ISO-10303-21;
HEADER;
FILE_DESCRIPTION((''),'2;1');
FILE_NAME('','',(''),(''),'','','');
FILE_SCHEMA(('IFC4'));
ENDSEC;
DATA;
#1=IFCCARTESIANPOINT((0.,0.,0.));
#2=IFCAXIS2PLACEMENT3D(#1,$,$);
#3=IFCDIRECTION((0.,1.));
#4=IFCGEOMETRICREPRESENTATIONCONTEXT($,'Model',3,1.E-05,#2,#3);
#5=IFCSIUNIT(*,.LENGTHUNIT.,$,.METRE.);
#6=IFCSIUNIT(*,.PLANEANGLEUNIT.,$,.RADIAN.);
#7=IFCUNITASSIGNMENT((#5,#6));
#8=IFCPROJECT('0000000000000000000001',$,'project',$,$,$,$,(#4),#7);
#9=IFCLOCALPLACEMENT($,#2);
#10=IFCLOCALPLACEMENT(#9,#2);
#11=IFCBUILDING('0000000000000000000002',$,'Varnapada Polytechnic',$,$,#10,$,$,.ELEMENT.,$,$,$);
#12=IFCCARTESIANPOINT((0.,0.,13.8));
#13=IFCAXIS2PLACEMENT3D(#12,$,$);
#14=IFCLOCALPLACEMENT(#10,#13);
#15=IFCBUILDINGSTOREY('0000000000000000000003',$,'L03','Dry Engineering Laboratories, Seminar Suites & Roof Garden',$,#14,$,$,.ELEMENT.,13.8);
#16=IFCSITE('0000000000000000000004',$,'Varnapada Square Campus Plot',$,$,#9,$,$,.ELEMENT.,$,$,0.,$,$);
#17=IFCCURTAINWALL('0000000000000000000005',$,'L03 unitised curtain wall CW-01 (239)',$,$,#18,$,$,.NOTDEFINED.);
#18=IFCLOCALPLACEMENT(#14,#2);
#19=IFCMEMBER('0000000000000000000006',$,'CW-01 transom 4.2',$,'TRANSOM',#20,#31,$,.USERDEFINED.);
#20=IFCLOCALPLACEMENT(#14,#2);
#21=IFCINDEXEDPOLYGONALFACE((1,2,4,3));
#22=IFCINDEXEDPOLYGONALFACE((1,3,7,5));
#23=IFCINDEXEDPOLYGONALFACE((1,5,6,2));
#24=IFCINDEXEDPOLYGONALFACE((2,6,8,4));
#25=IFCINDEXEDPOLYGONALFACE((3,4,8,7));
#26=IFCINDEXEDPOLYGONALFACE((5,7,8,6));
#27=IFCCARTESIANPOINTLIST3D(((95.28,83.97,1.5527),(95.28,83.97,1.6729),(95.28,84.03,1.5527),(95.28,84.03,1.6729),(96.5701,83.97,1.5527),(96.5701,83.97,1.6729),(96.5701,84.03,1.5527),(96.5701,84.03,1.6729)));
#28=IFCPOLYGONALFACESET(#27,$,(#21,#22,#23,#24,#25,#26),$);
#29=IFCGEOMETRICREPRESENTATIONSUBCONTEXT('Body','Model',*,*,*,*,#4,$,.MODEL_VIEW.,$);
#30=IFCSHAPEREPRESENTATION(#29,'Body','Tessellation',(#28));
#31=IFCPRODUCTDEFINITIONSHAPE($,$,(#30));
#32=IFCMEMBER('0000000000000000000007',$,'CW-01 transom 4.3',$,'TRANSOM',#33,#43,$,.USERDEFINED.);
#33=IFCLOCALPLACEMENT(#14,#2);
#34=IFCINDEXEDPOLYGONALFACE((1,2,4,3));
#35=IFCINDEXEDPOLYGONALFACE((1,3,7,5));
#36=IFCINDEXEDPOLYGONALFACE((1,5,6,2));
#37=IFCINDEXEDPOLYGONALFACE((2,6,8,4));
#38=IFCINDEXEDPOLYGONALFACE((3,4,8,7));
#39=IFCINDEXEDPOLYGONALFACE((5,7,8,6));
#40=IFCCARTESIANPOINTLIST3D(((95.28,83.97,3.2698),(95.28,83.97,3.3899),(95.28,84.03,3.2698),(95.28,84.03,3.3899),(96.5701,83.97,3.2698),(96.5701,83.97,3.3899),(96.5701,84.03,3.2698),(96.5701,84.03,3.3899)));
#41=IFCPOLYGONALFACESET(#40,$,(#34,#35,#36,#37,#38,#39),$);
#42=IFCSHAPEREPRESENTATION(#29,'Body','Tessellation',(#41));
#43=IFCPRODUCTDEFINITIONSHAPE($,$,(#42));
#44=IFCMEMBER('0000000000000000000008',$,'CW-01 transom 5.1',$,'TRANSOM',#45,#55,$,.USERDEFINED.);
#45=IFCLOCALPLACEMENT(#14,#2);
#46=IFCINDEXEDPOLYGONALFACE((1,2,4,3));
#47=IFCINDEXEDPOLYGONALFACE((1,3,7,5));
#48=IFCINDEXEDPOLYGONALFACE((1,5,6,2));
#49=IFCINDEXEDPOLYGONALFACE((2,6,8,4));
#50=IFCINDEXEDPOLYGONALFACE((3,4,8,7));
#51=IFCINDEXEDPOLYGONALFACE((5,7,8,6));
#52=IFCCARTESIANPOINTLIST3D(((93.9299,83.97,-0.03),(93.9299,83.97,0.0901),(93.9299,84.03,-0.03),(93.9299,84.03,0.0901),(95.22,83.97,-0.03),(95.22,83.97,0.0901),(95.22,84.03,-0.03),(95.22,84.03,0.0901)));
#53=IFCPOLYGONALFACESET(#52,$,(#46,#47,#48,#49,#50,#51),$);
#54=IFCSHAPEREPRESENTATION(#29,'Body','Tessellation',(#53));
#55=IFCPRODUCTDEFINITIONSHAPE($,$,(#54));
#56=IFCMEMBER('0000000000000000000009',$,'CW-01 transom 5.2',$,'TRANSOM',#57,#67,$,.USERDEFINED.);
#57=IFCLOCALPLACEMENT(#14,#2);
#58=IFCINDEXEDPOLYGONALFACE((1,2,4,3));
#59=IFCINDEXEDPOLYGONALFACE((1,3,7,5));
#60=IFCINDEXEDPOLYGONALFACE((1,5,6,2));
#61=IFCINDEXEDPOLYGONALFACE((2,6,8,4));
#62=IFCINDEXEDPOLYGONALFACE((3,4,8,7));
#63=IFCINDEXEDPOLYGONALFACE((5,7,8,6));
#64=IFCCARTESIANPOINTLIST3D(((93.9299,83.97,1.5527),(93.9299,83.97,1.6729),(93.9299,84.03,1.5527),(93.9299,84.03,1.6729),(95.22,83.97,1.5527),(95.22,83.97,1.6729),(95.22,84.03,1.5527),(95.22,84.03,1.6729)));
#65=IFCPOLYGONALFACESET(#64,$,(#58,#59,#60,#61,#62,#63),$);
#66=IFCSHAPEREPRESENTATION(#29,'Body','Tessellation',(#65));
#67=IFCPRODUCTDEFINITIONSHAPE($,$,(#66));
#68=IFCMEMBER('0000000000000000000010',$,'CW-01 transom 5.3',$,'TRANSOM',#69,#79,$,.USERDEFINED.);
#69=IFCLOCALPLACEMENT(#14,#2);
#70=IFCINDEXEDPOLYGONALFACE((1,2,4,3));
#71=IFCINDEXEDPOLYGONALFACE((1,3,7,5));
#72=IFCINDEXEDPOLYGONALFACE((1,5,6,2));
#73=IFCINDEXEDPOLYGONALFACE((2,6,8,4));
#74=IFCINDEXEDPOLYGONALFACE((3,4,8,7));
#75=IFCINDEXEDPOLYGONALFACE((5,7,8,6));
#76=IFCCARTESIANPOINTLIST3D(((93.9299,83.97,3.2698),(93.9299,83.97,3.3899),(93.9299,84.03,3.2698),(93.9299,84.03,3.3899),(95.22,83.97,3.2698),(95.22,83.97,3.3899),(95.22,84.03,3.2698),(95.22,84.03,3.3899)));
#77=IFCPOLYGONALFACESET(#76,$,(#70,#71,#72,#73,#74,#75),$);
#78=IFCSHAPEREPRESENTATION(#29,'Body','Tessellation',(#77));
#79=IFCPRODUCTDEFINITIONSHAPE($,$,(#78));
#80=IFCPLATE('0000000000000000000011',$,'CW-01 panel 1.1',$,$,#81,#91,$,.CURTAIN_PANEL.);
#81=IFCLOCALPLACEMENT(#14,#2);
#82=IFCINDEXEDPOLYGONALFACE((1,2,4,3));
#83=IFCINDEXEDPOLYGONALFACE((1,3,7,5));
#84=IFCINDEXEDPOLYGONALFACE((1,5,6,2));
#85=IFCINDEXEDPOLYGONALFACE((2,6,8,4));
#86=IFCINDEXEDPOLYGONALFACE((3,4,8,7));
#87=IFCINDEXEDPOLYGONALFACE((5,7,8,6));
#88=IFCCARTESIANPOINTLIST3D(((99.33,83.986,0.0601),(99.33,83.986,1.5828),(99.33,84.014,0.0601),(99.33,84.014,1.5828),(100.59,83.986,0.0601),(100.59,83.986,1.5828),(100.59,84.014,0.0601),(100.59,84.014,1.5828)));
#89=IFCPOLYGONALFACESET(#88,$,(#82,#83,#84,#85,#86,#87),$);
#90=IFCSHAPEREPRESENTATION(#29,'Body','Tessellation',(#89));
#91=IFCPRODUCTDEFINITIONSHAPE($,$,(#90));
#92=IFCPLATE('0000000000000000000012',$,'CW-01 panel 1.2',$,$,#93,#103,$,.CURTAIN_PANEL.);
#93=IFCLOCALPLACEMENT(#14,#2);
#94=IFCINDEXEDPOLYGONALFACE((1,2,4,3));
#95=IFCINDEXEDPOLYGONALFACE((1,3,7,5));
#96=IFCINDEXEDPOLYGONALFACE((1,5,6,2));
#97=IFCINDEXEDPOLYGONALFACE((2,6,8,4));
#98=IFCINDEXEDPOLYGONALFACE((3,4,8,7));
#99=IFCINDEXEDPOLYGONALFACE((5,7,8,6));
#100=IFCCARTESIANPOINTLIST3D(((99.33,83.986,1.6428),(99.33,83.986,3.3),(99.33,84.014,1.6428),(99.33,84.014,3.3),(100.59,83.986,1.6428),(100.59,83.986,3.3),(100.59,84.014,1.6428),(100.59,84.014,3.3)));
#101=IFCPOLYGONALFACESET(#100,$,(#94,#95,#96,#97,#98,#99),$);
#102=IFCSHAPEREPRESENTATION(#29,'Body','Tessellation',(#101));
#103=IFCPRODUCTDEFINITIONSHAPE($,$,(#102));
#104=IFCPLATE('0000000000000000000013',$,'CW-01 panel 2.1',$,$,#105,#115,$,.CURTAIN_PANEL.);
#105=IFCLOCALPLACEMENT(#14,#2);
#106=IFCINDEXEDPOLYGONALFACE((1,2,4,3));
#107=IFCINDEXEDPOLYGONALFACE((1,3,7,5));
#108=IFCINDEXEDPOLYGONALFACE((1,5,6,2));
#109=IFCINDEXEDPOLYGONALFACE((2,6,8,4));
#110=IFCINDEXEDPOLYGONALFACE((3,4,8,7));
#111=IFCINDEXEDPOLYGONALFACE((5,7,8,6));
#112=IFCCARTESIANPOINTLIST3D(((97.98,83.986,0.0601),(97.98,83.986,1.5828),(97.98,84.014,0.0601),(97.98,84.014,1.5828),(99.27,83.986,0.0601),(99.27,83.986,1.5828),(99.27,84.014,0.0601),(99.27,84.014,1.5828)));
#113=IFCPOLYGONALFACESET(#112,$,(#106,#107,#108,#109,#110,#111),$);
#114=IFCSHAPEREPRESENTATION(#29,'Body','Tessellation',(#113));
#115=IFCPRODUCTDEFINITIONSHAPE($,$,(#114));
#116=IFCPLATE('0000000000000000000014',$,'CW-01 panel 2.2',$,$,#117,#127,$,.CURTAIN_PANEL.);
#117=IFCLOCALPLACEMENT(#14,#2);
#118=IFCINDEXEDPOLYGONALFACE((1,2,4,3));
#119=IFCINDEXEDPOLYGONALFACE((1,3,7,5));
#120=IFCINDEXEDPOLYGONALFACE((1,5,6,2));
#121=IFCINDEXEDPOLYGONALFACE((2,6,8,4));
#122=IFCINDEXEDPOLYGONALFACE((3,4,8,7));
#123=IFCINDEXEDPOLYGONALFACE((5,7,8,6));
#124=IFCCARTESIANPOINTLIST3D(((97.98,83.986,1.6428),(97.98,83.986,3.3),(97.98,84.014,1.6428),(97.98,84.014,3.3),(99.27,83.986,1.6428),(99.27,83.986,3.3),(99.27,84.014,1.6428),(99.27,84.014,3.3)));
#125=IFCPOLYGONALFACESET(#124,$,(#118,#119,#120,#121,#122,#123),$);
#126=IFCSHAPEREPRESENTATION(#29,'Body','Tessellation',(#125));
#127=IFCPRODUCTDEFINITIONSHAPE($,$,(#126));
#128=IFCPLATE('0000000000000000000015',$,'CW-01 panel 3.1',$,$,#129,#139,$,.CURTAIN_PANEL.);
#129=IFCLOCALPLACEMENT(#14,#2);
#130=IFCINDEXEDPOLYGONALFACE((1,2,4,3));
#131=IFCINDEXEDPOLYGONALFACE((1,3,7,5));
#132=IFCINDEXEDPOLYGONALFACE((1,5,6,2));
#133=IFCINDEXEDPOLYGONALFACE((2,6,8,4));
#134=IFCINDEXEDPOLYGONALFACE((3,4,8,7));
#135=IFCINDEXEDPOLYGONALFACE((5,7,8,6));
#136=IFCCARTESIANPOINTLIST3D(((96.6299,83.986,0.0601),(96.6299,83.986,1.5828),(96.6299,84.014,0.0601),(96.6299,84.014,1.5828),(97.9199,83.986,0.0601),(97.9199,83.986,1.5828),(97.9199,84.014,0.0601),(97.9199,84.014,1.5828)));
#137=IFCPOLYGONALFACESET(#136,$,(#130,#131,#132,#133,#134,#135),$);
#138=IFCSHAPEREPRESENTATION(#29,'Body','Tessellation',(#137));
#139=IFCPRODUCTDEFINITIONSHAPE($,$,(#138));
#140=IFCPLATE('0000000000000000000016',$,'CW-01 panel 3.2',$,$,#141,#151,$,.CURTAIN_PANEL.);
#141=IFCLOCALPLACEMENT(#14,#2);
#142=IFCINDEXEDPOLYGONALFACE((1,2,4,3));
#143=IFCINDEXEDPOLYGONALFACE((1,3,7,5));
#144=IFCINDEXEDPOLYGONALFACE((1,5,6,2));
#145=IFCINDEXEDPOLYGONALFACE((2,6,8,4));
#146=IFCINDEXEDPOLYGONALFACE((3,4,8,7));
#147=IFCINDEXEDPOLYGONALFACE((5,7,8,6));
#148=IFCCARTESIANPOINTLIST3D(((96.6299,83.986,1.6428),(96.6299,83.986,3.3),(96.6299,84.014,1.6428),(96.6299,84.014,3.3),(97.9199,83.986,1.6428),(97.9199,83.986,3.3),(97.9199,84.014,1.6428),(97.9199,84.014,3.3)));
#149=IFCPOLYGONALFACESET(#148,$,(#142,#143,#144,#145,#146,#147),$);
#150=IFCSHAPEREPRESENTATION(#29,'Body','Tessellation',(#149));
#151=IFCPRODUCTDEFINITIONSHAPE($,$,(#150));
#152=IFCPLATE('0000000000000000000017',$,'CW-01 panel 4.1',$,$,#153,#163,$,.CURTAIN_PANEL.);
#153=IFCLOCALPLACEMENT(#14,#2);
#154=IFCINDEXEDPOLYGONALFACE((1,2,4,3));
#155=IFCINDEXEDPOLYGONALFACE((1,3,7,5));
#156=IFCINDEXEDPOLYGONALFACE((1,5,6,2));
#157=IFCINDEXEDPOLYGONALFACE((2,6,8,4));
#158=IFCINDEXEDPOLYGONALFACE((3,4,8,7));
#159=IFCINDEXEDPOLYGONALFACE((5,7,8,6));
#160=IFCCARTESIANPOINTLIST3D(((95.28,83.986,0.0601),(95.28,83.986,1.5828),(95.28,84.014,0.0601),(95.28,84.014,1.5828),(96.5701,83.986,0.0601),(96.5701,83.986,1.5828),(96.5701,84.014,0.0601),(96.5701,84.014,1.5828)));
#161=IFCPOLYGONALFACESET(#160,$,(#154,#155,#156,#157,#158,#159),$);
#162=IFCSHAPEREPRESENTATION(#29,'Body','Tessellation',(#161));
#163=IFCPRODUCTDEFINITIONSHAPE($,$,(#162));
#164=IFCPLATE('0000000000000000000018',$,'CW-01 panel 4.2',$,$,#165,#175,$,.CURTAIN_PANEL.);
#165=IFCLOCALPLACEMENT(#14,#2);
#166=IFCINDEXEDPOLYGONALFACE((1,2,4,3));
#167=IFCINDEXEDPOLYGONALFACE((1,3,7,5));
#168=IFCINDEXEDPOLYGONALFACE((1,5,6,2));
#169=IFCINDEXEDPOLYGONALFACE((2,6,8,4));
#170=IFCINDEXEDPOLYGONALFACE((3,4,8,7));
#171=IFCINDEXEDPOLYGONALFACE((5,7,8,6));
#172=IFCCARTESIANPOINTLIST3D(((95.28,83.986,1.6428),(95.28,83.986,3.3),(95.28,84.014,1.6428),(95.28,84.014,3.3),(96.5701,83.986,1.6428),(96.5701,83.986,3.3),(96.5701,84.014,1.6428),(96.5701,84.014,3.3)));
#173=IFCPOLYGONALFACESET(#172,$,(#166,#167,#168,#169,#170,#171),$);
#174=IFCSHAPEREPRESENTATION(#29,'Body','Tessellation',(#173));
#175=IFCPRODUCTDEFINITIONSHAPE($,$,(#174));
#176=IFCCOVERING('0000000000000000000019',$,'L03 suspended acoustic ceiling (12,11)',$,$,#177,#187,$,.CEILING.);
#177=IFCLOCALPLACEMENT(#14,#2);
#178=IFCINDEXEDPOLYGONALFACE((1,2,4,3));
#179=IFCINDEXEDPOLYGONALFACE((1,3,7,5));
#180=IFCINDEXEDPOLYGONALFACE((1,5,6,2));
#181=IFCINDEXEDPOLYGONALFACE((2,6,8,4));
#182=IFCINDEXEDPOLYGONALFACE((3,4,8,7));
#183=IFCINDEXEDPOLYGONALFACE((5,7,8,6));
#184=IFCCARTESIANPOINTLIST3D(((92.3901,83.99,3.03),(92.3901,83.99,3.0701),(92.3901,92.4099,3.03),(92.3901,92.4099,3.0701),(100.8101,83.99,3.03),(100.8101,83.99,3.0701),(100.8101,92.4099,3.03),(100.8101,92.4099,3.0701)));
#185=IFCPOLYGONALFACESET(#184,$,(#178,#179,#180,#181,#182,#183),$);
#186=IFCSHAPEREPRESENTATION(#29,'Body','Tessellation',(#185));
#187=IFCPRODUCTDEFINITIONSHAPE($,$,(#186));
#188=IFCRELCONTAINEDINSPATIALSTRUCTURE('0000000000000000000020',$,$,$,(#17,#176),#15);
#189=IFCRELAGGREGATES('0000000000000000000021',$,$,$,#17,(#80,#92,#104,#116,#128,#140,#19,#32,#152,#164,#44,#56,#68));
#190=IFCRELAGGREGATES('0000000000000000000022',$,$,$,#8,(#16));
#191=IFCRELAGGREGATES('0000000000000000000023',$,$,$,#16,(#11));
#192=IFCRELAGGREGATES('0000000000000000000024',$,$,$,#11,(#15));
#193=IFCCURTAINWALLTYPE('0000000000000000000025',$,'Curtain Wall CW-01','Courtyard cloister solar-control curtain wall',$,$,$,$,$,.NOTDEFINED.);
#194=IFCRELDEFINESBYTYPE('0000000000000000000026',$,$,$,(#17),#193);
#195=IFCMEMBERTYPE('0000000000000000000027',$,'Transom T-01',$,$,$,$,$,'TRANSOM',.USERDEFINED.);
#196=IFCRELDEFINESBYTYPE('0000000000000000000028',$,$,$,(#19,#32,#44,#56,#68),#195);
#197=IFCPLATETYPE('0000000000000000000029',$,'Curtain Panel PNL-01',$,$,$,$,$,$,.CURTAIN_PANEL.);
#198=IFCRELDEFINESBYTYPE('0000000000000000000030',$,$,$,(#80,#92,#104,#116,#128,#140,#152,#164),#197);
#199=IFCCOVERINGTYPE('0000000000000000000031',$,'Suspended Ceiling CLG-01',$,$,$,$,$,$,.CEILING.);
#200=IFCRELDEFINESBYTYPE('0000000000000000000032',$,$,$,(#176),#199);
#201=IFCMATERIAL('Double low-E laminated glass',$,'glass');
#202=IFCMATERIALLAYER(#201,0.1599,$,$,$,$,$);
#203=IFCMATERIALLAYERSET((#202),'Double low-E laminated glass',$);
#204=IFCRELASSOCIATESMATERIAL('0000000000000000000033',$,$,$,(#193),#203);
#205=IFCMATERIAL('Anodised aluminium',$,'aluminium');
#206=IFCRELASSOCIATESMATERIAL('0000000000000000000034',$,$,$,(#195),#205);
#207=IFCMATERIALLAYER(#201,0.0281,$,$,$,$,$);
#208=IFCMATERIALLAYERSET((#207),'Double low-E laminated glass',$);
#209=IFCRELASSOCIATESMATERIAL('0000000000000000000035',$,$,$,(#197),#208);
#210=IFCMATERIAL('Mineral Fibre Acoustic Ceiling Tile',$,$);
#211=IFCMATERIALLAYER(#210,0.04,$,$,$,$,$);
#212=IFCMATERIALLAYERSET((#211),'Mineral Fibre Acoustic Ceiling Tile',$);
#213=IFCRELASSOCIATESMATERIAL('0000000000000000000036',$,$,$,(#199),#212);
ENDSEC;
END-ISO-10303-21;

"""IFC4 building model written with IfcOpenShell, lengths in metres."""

from ifc_helpers import new_model, si_unit, direction, frame, origin, origin_2d, place, context, subcontext, project, spatial, rectangle, extrude, material, layer, layer_set, material_profile, profile_set, type_object, element, aggregate, save


model = new_model("IFC4")

# Units and contexts
model_context = context("Model", 3, precision=1e-05, world=origin(), true_north=direction((0.0, 1.0)))
body_context = subcontext(model_context, "Body", "Model", "MODEL_VIEW")
ifc_project = project(units=[si_unit("LENGTHUNIT", "METRE"), si_unit("PLANEANGLEUNIT", "RADIAN")], contexts=[model_context])

# Site, building, storey
site_placement = place(None, origin())
site = spatial("IfcSite", under=ifc_project, at=site_placement, Name="Varnapada Square Campus Plot", CompositionType="ELEMENT", RefElevation=0.0)
building_placement = place(site_placement, origin())
building = spatial("IfcBuilding", under=site, at=building_placement, Name="Varnapada Polytechnic", CompositionType="ELEMENT")
storey_placement = place(building_placement, frame((0.0, 0.0, 13.8)))
storey = spatial("IfcBuildingStorey", under=building, at=storey_placement, Name="L03", Description="Dry Engineering Laboratories, Seminar Suites & Roof Garden", CompositionType="ELEMENT", Elevation=13.8)

# Curtain wall, members, plates
ifc_material_1 = material(Name="Double low-E laminated glass", Category="glass")
ifc_layer_1 = layer(ifc_material_1, 0.1599)
ifc_layer_set_1 = layer_set([ifc_layer_1], Name="Double low-E laminated glass")
curtain_wall_type = type_object("IfcCurtainWallType", Name="Curtain Wall CW-01", Description="Courtyard cloister solar-control curtain wall", PredefinedType="NOTDEFINED", material=ifc_layer_set_1)
curtain_wall_placement = place(storey_placement, origin())
curtain_wall = element("IfcCurtainWall", 1, at=curtain_wall_placement, inside=storey, type_object=curtain_wall_type, Name="L03 unitised curtain wall CW-01 (239)", PredefinedType="NOTDEFINED")
ifc_material_2 = material(Name="Anodised aluminium", Category="aluminium")
ifc_material_profile_1 = material_profile(ifc_material_2, rectangle(XDim=0.0601, YDim=0.1201, at=origin_2d()), Name="ALU T60x120")
ifc_profile_set_1 = profile_set([ifc_material_profile_1], Name="Anodised aluminium")
member_type_1 = type_object("IfcMemberType", Name="Transom T-01", ElementType="TRANSOM", PredefinedType="USERDEFINED", material=ifc_profile_set_1)
member_1_placement = place(storey_placement, frame((96.5701, 84.0, 1.6128), z_axis=(-1.0, 0.0, 0.0), x_axis=(0.0, -1.0, 0.0)))
member_1 = element("IfcMember", 2, at=member_1_placement, type_object=member_type_1, Name="CW-01 transom 4.2", ObjectType="TRANSOM", PredefinedType="USERDEFINED", context=body_context, shape_type="SweptSolid", body=[
    extrude(rectangle(XDim=0.0601, YDim=0.1201, at=origin_2d()), origin(), (0.0, 0.0, 1.0), 1.29),
])
member_2_placement = place(storey_placement, frame((96.5701, 84.0, 3.3298), z_axis=(-1.0, 0.0, 0.0), x_axis=(0.0, -1.0, 0.0)))
member_2 = element("IfcMember", 3, at=member_2_placement, type_object=member_type_1, Name="CW-01 transom 4.3", ObjectType="TRANSOM", PredefinedType="USERDEFINED", context=body_context, shape_type="SweptSolid", body=[
    extrude(rectangle(XDim=0.0601, YDim=0.1201, at=origin_2d()), origin(), (0.0, 0.0, 1.0), 1.29),
])
member_3_placement = place(storey_placement, frame((95.22, 84.0, 0.03), z_axis=(-1.0, 0.0, 0.0), x_axis=(0.0, -1.0, 0.0)))
member_3 = element("IfcMember", 4, at=member_3_placement, type_object=member_type_1, Name="CW-01 transom 5.1", ObjectType="TRANSOM", PredefinedType="USERDEFINED", context=body_context, shape_type="SweptSolid", body=[
    extrude(rectangle(XDim=0.0601, YDim=0.1201, at=origin_2d()), origin(), (0.0, 0.0, 1.0), 1.29),
])
member_4_placement = place(storey_placement, frame((95.22, 84.0, 1.6128), z_axis=(-1.0, 0.0, 0.0), x_axis=(0.0, -1.0, 0.0)))
member_4 = element("IfcMember", 5, at=member_4_placement, type_object=member_type_1, Name="CW-01 transom 5.2", ObjectType="TRANSOM", PredefinedType="USERDEFINED", context=body_context, shape_type="SweptSolid", body=[
    extrude(rectangle(XDim=0.0601, YDim=0.1201, at=origin_2d()), origin(), (0.0, 0.0, 1.0), 1.29),
])
member_5_placement = place(storey_placement, frame((95.22, 84.0, 3.3298), z_axis=(-1.0, 0.0, 0.0), x_axis=(0.0, -1.0, 0.0)))
member_5 = element("IfcMember", 6, at=member_5_placement, type_object=member_type_1, Name="CW-01 transom 5.3", ObjectType="TRANSOM", PredefinedType="USERDEFINED", context=body_context, shape_type="SweptSolid", body=[
    extrude(rectangle(XDim=0.0601, YDim=0.1201, at=origin_2d()), origin(), (0.0, 0.0, 1.0), 1.29),
])
ifc_layer_2 = layer(ifc_material_1, 0.0281)
ifc_layer_set_2 = layer_set([ifc_layer_2], Name="Double low-E laminated glass")
plate_type = type_object("IfcPlateType", Name="Curtain Panel PNL-01", PredefinedType="CURTAIN_PANEL", material=ifc_layer_set_2)
plate_1_placement = place(storey_placement, frame((99.96, 84.0, 0.0601), z_axis=(0.0, 0.0, 1.0), x_axis=(-1.0, 0.0, 0.0)))
plate_1 = element("IfcPlate", 7, at=plate_1_placement, type_object=plate_type, Name="CW-01 panel 1.1", PredefinedType="CURTAIN_PANEL", context=body_context, shape_type="SweptSolid", body=[
    extrude(rectangle(XDim=1.26, YDim=0.0281, at=origin_2d()), origin(), (0.0, 0.0, 1.0), 1.5227),
])
plate_2_placement = place(storey_placement, frame((99.96, 84.0, 1.6428), z_axis=(0.0, 0.0, 1.0), x_axis=(-1.0, 0.0, 0.0)))
plate_2 = element("IfcPlate", 8, at=plate_2_placement, type_object=plate_type, Name="CW-01 panel 1.2", PredefinedType="CURTAIN_PANEL", context=body_context, shape_type="SweptSolid", body=[
    extrude(rectangle(XDim=1.26, YDim=0.0281, at=origin_2d()), origin(), (0.0, 0.0, 1.0), 1.6572),
])
plate_3_placement = place(storey_placement, frame((98.625, 84.0, 0.0601), z_axis=(0.0, 0.0, 1.0), x_axis=(-1.0, 0.0, 0.0)))
plate_3 = element("IfcPlate", 9, at=plate_3_placement, type_object=plate_type, Name="CW-01 panel 2.1", PredefinedType="CURTAIN_PANEL", context=body_context, shape_type="SweptSolid", body=[
    extrude(rectangle(XDim=1.29, YDim=0.0281, at=origin_2d()), origin(), (0.0, 0.0, 1.0), 1.5227),
])
plate_4_placement = place(storey_placement, frame((98.625, 84.0, 1.6428), z_axis=(0.0, 0.0, 1.0), x_axis=(-1.0, 0.0, 0.0)))
plate_4 = element("IfcPlate", 10, at=plate_4_placement, type_object=plate_type, Name="CW-01 panel 2.2", PredefinedType="CURTAIN_PANEL", context=body_context, shape_type="SweptSolid", body=[
    extrude(rectangle(XDim=1.29, YDim=0.0281, at=origin_2d()), origin(), (0.0, 0.0, 1.0), 1.6572),
])
plate_5_placement = place(storey_placement, frame((97.2749, 84.0, 0.0601), z_axis=(0.0, 0.0, 1.0), x_axis=(-1.0, 0.0, 0.0)))
plate_5 = element("IfcPlate", 11, at=plate_5_placement, type_object=plate_type, Name="CW-01 panel 3.1", PredefinedType="CURTAIN_PANEL", context=body_context, shape_type="SweptSolid", body=[
    extrude(rectangle(XDim=1.29, YDim=0.0281, at=origin_2d()), origin(), (0.0, 0.0, 1.0), 1.5227),
])
plate_6_placement = place(storey_placement, frame((97.2749, 84.0, 1.6428), z_axis=(0.0, 0.0, 1.0), x_axis=(-1.0, 0.0, 0.0)))
plate_6 = element("IfcPlate", 12, at=plate_6_placement, type_object=plate_type, Name="CW-01 panel 3.2", PredefinedType="CURTAIN_PANEL", context=body_context, shape_type="SweptSolid", body=[
    extrude(rectangle(XDim=1.29, YDim=0.0281, at=origin_2d()), origin(), (0.0, 0.0, 1.0), 1.6572),
])
plate_7_placement = place(storey_placement, frame((95.925, 84.0, 0.0601), z_axis=(0.0, 0.0, 1.0), x_axis=(-1.0, 0.0, 0.0)))
plate_7 = element("IfcPlate", 13, at=plate_7_placement, type_object=plate_type, Name="CW-01 panel 4.1", PredefinedType="CURTAIN_PANEL", context=body_context, shape_type="SweptSolid", body=[
    extrude(rectangle(XDim=1.29, YDim=0.0281, at=origin_2d()), origin(), (0.0, 0.0, 1.0), 1.5227),
])
plate_8_placement = place(storey_placement, frame((95.925, 84.0, 1.6428), z_axis=(0.0, 0.0, 1.0), x_axis=(-1.0, 0.0, 0.0)))
plate_8 = element("IfcPlate", 14, at=plate_8_placement, type_object=plate_type, Name="CW-01 panel 4.2", PredefinedType="CURTAIN_PANEL", context=body_context, shape_type="SweptSolid", body=[
    extrude(rectangle(XDim=1.29, YDim=0.0281, at=origin_2d()), origin(), (0.0, 0.0, 1.0), 1.6572),
])
aggregate(curtain_wall, [plate_1, plate_2, plate_3, plate_4, plate_5, plate_6, member_1, member_2, plate_7, plate_8, member_3, member_4, member_5])

# Covering
ifc_material_3 = material(Name="Mineral Fibre Acoustic Ceiling Tile")
ifc_layer_3 = layer(ifc_material_3, 0.04)
ifc_layer_set_3 = layer_set([ifc_layer_3], Name="Mineral Fibre Acoustic Ceiling Tile")
covering_type = type_object("IfcCoveringType", Name="Suspended Ceiling CLG-01", PredefinedType="CEILING", material=ifc_layer_set_3)
covering_placement = place(storey_placement, frame((96.6001, 88.2, 3.03), z_axis=(0.0, 0.0, 1.0), x_axis=(1.0, 0.0, 0.0)))
element("IfcCovering", 15, at=covering_placement, inside=storey, type_object=covering_type, Name="L03 suspended acoustic ceiling (12,11)", PredefinedType="CEILING", context=body_context, shape_type="SweptSolid", body=[
    extrude(rectangle(XDim=8.4199, YDim=8.4199, at=origin_2d()), origin(), (0.0, 0.0, 1.0), 0.04),
])

save(model, "model.ifc")
